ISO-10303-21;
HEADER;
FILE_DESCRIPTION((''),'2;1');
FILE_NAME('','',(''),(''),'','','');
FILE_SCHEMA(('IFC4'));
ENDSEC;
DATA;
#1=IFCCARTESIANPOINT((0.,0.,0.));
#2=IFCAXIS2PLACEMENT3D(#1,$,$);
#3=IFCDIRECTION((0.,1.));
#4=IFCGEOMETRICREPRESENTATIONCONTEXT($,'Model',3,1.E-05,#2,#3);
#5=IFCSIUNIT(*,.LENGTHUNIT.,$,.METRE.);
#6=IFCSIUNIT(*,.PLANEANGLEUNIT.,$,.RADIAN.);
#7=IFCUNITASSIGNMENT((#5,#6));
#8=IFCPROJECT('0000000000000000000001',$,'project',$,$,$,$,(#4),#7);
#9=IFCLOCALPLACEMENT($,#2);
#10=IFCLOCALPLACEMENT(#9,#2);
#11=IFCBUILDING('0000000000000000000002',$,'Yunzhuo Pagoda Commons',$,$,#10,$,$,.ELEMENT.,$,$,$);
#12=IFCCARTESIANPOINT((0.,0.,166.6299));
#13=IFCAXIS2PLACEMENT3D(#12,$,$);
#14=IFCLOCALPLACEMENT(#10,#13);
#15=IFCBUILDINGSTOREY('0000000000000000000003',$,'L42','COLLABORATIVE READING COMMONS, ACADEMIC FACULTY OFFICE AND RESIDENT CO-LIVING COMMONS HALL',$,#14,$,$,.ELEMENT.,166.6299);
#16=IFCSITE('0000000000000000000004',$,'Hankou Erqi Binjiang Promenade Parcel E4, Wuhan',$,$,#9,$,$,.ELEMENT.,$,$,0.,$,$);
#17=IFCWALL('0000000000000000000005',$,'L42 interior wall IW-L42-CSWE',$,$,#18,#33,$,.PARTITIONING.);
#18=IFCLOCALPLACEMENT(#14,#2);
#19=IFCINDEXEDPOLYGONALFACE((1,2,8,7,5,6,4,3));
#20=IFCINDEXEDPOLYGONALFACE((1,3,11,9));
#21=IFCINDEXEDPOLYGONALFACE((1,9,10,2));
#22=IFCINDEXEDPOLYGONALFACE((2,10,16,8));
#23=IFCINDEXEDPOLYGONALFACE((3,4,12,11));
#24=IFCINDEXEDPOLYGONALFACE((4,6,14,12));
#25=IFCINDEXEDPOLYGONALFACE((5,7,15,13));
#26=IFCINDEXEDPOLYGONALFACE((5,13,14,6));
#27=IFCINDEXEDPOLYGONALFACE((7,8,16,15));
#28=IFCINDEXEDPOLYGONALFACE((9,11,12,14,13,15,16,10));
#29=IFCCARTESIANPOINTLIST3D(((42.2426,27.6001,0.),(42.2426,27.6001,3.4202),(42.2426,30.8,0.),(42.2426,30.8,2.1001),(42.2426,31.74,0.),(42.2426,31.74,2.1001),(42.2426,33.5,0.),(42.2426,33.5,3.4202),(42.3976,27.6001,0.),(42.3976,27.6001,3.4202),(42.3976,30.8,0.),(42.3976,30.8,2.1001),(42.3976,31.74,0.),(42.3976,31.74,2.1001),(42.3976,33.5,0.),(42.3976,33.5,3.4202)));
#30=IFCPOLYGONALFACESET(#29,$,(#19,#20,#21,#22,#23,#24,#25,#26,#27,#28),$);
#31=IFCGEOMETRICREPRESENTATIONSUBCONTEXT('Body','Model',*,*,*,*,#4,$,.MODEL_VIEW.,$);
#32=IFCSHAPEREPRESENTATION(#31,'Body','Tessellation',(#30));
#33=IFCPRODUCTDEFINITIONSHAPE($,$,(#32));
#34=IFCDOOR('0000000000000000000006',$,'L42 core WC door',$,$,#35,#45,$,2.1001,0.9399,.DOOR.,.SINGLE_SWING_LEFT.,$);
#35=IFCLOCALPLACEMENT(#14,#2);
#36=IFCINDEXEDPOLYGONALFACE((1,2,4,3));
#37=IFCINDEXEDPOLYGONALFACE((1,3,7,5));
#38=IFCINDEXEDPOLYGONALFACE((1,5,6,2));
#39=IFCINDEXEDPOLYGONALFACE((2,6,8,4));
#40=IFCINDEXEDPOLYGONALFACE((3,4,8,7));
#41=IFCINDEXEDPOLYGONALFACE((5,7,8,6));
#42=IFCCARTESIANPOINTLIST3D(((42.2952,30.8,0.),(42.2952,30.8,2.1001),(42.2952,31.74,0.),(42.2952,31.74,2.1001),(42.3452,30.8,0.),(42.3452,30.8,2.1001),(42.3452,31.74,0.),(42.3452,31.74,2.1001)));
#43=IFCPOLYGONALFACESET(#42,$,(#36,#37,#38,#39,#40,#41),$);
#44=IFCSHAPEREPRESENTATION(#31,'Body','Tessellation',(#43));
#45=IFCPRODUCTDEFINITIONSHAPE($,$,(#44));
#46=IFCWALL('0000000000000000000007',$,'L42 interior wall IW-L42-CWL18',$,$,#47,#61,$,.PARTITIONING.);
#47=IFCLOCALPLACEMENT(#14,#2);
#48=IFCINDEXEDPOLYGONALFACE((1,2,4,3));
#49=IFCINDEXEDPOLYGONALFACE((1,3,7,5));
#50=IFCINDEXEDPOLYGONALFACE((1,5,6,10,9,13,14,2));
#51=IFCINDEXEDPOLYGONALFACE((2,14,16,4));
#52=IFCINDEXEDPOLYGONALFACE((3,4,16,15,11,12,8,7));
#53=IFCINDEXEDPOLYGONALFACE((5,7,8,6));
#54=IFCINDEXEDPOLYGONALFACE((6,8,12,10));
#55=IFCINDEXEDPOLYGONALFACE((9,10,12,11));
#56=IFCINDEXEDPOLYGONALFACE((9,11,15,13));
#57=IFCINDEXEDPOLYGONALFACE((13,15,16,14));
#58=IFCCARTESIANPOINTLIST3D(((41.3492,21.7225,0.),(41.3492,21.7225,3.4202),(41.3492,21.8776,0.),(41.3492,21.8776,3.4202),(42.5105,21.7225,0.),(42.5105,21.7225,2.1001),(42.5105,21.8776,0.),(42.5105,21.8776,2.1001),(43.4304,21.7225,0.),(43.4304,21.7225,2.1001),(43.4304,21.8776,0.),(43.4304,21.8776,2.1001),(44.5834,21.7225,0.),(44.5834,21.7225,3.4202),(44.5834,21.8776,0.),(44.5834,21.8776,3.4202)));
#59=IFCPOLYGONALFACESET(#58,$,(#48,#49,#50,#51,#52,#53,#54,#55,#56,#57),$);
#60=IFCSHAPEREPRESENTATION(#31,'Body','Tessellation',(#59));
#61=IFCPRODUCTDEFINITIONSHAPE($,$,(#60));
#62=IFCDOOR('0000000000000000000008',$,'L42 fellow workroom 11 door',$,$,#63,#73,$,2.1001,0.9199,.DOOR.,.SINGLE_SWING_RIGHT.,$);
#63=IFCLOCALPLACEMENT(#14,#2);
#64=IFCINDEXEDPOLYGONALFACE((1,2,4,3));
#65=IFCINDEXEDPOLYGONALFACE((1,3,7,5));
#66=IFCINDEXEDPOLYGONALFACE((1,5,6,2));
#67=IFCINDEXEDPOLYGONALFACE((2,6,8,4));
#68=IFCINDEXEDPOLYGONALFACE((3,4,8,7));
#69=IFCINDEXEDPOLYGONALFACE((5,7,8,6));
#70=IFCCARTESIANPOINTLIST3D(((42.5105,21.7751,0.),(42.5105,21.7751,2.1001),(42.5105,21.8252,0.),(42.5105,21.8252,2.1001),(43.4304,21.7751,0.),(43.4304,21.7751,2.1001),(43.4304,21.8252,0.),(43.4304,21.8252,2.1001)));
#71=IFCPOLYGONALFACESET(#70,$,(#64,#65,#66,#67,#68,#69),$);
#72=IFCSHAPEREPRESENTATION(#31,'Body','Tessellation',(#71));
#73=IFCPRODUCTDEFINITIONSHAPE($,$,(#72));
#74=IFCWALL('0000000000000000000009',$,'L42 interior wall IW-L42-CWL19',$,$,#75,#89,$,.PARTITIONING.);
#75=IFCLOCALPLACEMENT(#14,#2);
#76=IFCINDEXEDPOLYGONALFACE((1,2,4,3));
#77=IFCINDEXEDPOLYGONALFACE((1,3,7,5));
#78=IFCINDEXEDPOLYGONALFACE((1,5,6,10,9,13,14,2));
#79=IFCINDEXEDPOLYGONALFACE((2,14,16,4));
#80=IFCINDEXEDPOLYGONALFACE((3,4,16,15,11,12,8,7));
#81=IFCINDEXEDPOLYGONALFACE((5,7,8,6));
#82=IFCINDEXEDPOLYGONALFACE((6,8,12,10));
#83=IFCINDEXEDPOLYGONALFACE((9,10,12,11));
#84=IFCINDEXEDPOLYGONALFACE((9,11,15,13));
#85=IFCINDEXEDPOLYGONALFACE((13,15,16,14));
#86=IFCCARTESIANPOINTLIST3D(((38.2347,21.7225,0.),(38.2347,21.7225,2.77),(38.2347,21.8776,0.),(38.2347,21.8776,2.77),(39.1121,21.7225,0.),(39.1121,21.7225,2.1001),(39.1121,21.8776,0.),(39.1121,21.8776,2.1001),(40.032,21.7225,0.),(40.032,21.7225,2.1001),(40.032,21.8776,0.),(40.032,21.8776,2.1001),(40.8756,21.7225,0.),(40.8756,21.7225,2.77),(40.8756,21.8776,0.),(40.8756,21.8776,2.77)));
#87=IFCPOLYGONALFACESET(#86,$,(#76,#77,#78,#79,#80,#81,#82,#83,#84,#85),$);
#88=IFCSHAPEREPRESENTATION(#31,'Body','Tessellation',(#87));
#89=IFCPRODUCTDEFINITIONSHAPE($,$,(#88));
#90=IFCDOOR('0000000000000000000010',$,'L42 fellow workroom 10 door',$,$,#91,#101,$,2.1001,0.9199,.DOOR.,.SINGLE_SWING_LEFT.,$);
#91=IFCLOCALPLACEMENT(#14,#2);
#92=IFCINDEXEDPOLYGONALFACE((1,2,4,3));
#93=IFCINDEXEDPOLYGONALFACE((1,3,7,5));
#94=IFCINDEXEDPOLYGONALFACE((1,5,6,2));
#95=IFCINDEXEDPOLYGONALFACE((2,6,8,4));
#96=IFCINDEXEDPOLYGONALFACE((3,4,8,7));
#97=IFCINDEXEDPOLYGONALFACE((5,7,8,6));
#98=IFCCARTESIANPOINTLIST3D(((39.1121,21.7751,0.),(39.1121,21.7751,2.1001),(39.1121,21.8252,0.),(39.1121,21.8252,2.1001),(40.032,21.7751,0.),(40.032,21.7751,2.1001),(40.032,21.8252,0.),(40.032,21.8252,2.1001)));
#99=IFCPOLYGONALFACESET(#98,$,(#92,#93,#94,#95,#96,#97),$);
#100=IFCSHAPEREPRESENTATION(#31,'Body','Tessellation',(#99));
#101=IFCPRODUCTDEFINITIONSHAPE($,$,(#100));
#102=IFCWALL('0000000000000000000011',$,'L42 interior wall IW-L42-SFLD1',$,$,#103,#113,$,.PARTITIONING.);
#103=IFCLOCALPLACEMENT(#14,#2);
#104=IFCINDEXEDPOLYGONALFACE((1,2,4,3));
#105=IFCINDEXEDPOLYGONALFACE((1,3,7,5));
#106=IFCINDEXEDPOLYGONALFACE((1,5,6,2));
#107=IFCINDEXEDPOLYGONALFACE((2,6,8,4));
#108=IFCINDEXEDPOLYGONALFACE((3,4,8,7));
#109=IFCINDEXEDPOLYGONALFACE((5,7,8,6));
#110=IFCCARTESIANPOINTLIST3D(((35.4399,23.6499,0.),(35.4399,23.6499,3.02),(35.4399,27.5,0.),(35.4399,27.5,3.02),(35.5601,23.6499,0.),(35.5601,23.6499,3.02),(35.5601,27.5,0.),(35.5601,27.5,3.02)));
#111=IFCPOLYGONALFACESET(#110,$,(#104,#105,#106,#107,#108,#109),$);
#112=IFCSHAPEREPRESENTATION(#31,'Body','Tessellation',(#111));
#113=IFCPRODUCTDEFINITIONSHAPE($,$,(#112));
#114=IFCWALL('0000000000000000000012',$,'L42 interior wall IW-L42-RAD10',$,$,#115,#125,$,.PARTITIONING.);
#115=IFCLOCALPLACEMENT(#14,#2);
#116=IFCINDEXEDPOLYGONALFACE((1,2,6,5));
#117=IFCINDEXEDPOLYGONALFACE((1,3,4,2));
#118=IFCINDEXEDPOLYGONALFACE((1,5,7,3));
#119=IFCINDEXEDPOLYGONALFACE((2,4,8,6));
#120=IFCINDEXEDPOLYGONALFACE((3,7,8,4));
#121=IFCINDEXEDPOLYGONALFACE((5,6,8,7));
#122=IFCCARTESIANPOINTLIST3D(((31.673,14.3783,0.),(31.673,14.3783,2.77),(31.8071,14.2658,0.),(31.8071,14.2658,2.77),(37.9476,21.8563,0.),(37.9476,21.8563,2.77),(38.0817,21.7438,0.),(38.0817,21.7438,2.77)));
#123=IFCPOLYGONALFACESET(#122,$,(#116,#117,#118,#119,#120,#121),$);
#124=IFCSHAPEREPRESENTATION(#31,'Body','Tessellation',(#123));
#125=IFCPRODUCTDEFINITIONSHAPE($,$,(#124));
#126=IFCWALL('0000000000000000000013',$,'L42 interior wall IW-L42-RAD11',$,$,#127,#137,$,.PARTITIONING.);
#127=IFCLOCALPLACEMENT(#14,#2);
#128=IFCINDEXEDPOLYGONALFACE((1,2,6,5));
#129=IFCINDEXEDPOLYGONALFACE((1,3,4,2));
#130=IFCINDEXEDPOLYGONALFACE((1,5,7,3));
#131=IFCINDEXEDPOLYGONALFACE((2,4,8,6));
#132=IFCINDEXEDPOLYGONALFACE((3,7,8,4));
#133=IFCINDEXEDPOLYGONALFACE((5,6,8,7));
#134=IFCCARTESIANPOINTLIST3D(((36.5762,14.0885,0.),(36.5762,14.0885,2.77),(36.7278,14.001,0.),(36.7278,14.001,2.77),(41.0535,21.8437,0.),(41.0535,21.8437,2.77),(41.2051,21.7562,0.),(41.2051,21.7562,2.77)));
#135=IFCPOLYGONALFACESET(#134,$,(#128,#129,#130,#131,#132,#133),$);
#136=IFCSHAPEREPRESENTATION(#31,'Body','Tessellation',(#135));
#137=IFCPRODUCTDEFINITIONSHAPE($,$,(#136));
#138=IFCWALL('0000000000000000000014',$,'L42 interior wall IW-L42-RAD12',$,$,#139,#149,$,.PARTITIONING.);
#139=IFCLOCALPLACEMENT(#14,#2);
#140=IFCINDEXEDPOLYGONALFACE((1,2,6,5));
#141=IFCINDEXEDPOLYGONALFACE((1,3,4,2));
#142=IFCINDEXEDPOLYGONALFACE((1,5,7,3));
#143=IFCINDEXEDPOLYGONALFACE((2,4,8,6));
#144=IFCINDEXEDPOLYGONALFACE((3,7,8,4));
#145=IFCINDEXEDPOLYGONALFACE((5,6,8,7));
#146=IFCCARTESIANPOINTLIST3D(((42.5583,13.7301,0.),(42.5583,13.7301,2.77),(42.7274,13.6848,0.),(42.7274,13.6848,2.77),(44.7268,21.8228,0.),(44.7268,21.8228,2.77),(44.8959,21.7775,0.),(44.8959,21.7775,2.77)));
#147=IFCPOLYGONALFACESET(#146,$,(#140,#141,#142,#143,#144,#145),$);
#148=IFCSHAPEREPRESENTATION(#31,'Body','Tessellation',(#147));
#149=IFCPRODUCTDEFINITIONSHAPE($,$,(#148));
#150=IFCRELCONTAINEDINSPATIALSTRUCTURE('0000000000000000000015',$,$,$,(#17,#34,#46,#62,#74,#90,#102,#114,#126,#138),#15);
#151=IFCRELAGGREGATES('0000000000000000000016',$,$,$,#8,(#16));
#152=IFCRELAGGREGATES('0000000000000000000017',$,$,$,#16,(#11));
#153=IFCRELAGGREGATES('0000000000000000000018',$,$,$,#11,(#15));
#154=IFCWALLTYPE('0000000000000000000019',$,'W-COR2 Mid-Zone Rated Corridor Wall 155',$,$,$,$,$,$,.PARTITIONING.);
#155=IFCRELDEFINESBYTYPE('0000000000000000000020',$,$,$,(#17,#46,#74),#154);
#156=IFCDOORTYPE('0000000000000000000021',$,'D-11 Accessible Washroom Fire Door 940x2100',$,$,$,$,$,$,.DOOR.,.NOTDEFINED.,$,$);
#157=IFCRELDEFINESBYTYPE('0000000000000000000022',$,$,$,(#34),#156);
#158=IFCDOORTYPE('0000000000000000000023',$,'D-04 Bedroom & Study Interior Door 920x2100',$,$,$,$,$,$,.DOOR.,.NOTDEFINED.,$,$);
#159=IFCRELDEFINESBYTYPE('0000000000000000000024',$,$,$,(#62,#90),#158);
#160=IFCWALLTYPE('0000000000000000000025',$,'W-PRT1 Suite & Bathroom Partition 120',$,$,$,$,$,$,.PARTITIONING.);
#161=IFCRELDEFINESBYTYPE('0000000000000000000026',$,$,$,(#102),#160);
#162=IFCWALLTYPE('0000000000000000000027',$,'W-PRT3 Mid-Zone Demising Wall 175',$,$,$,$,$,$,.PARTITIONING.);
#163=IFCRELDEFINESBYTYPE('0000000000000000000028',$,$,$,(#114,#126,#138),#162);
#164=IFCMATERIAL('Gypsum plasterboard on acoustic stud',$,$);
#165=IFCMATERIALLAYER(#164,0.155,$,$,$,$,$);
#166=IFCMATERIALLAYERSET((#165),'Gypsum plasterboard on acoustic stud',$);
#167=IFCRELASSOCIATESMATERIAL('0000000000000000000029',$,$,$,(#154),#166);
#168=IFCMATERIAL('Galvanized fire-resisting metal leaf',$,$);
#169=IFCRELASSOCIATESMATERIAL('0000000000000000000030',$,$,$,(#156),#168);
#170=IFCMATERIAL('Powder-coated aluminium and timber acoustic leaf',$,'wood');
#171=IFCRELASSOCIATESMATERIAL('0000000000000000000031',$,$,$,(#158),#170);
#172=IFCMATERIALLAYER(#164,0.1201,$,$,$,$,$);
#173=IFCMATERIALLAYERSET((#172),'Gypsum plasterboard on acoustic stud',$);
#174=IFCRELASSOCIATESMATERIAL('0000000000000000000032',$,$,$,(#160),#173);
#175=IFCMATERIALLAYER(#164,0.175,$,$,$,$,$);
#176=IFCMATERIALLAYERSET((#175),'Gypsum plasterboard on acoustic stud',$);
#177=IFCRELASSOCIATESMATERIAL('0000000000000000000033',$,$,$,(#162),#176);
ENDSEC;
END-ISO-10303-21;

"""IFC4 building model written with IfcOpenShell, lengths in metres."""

from ifc_helpers import new_model, si_unit, direction, frame, frame_2d, origin, origin_with_axes, place, context, subcontext, project, spatial, rectangle, extrude, source, transform, mapped, material, layer, layer_set, type_object, element, fill, save


model = new_model("IFC4")

# Units and contexts
model_context = context("Model", 3, precision=1e-05, world=origin(), true_north=direction((0.0, 1.0)))
body_context = subcontext(model_context, "Body", "Model", "MODEL_VIEW")
ifc_project = project(units=[si_unit("LENGTHUNIT", "METRE"), si_unit("PLANEANGLEUNIT", "RADIAN")], contexts=[model_context])

# Site, building, storey
site_placement = place(None, origin())
site = spatial("IfcSite", under=ifc_project, at=site_placement, Name="Hankou Erqi Binjiang Promenade Parcel E4, Wuhan", CompositionType="ELEMENT", RefElevation=0.0)
building_placement = place(site_placement, origin())
building = spatial("IfcBuilding", under=site, at=building_placement, Name="Yunzhuo Pagoda Commons", CompositionType="ELEMENT")
storey_placement = place(building_placement, frame((0.0, 0.0, 166.6299)))
storey = spatial("IfcBuildingStorey", under=building, at=storey_placement, Name="L42", Description="COLLABORATIVE READING COMMONS, ACADEMIC FACULTY OFFICE AND RESIDENT CO-LIVING COMMONS HALL", CompositionType="ELEMENT", Elevation=166.6299)

# Walls, openings, doors
ifc_material_1 = material(Name="Gypsum plasterboard on acoustic stud")
ifc_layer_1 = layer(ifc_material_1, 0.155)
ifc_layer_set_1 = layer_set([ifc_layer_1], Name="Gypsum plasterboard on acoustic stud")
wall_type_1 = type_object("IfcWallType", Name="W-COR2 Mid-Zone Rated Corridor Wall 155", PredefinedType="PARTITIONING", material=ifc_layer_set_1)
wall_1_placement = place(storey_placement, frame((42.3201, 27.6001, 0.0), z_axis=(0.0, 0.0, 1.0), x_axis=(0.0, 1.0, 0.0)))
wall_1 = element("IfcWall", 1, at=wall_1_placement, inside=storey, type_object=wall_type_1, Name="L42 interior wall IW-L42-CSWE", PredefinedType="PARTITIONING", context=body_context, shape_type="SweptSolid", body=[
    extrude(rectangle(XDim=5.8999, YDim=0.155, at=frame_2d((2.95, 0.0))), origin(), (0.0, 0.0, 1.0), 3.4202),
])
opening_1_placement = place(wall_1_placement, frame((3.2, 0.0, 0.0)))
opening_1 = element("IfcOpeningElement", 2, at=opening_1_placement, cuts=wall_1, PredefinedType="OPENING", context=body_context, shape_type="SweptSolid", body=[
    extrude(rectangle(XDim=0.9399, YDim=2.1001, at=frame_2d((0.47, 1.05))), frame((0.0, 0.0874, 0.0), z_axis=(0.0, -1.0, 0.0), x_axis=(1.0, 0.0, 0.0)), (0.0, 0.0, 1.0), 0.175),
])
ifc_material_2 = material(Name="Galvanized fire-resisting metal leaf")
door_type_1 = type_object("IfcDoorType", Name="D-11 Accessible Washroom Fire Door 940x2100", OperationType="NOTDEFINED", PredefinedType="DOOR", material=ifc_material_2)
shared_shape_1 = source(origin(), body_context, "Body", "SweptSolid", [
    extrude(rectangle(XDim=0.9399, YDim=2.1001, at=frame_2d((0.47, 1.05))), frame((0.0, 0.0249, 0.0), z_axis=(0.0, -1.0, 0.0), x_axis=(1.0, 0.0, 0.0)), (0.0, 0.0, 1.0), 0.05),
])
door_1_placement = place(opening_1_placement, origin_with_axes())
door_1 = element("IfcDoor", 3, at=door_1_placement, inside=storey, type_object=door_type_1, Name="L42 core WC door", OperationType="SINGLE_SWING_LEFT", OverallHeight=2.1001, OverallWidth=0.9399, PredefinedType="DOOR", context=body_context, shape_type="MappedRepresentation", body=[
    mapped(shared_shape_1, transform((0.0, 0.0, 0.0), scale=1.0)),
])
fill(opening_1, door_1)
wall_2_placement = place(storey_placement, frame((44.5835, 21.8, 0.0), z_axis=(0.0, 0.0, 1.0), x_axis=(-1.0, 0.0, 0.0)))
wall_2 = element("IfcWall", 4, at=wall_2_placement, inside=storey, type_object=wall_type_1, Name="L42 interior wall IW-L42-CWL18", PredefinedType="PARTITIONING", context=body_context, shape_type="SweptSolid", body=[
    extrude(rectangle(XDim=3.2341, YDim=0.155, at=frame_2d((1.6172, 0.0))), origin(), (0.0, 0.0, 1.0), 3.4202),
])
opening_2_placement = place(wall_2_placement, frame((1.1531, 0.0, 0.0)))
opening_2 = element("IfcOpeningElement", 5, at=opening_2_placement, cuts=wall_2, PredefinedType="OPENING", context=body_context, shape_type="SweptSolid", body=[
    extrude(rectangle(XDim=0.9199, YDim=2.1001, at=frame_2d((0.46, 1.05))), frame((0.0, 0.0874, 0.0), z_axis=(0.0, -1.0, 0.0), x_axis=(1.0, 0.0, 0.0)), (0.0, 0.0, 1.0), 0.175),
])
ifc_material_3 = material(Name="Powder-coated aluminium and timber acoustic leaf", Category="wood")
door_type_2 = type_object("IfcDoorType", Name="D-04 Bedroom & Study Interior Door 920x2100", OperationType="NOTDEFINED", PredefinedType="DOOR", material=ifc_material_3)
shared_shape_2 = source(origin(), body_context, "Body", "SweptSolid", [
    extrude(rectangle(XDim=0.9199, YDim=2.1001, at=frame_2d((0.46, 1.05))), frame((0.0, 0.0249, 0.0), z_axis=(0.0, -1.0, 0.0), x_axis=(1.0, 0.0, 0.0)), (0.0, 0.0, 1.0), 0.05),
])
door_2_placement = place(opening_2_placement, origin_with_axes())
door_2 = element("IfcDoor", 6, at=door_2_placement, inside=storey, type_object=door_type_2, Name="L42 fellow workroom 11 door", OperationType="SINGLE_SWING_RIGHT", OverallHeight=2.1001, OverallWidth=0.9199, PredefinedType="DOOR", context=body_context, shape_type="MappedRepresentation", body=[
    mapped(shared_shape_2, transform((0.0, 0.0, 0.0), scale=1.0)),
])
fill(opening_2, door_2)
wall_3_placement = place(storey_placement, frame((40.8755, 21.8, 0.0), z_axis=(0.0, 0.0, 1.0), x_axis=(-1.0, 0.0, 0.0)))
wall_3 = element("IfcWall", 7, at=wall_3_placement, inside=storey, type_object=wall_type_1, Name="L42 interior wall IW-L42-CWL19", PredefinedType="PARTITIONING", context=body_context, shape_type="SweptSolid", body=[
    extrude(rectangle(XDim=2.6409, YDim=0.155, at=frame_2d((1.3203, 0.0))), origin(), (0.0, 0.0, 1.0), 2.77),
])
opening_3_placement = place(wall_3_placement, frame((0.8435, 0.0, 0.0)))
opening_3 = element("IfcOpeningElement", 8, at=opening_3_placement, cuts=wall_3, PredefinedType="OPENING", context=body_context, shape_type="SweptSolid", body=[
    extrude(rectangle(XDim=0.9199, YDim=2.1001, at=frame_2d((0.46, 1.05))), frame((0.0, 0.0874, 0.0), z_axis=(0.0, -1.0, 0.0), x_axis=(1.0, 0.0, 0.0)), (0.0, 0.0, 1.0), 0.175),
])
door_3_placement = place(opening_3_placement, origin_with_axes())
door_3 = element("IfcDoor", 9, at=door_3_placement, inside=storey, type_object=door_type_2, Name="L42 fellow workroom 10 door", OperationType="SINGLE_SWING_LEFT", OverallHeight=2.1001, OverallWidth=0.9199, PredefinedType="DOOR", context=body_context, shape_type="MappedRepresentation", body=[
    mapped(shared_shape_2, transform((0.0, 0.0, 0.0), scale=1.0)),
])
fill(opening_3, door_3)

# Walls
ifc_layer_2 = layer(ifc_material_1, 0.1201)
ifc_layer_set_2 = layer_set([ifc_layer_2], Name="Gypsum plasterboard on acoustic stud")
wall_type_2 = type_object("IfcWallType", Name="W-PRT1 Suite & Bathroom Partition 120", PredefinedType="PARTITIONING", material=ifc_layer_set_2)
wall_4_placement = place(storey_placement, frame((35.5, 23.6499, 0.0), z_axis=(0.0, 0.0, 1.0), x_axis=(0.0, 1.0, 0.0)))
element("IfcWall", 10, at=wall_4_placement, inside=storey, type_object=wall_type_2, Name="L42 interior wall IW-L42-SFLD1", PredefinedType="PARTITIONING", context=body_context, shape_type="SweptSolid", body=[
    extrude(rectangle(XDim=3.8501, YDim=0.1201, at=frame_2d((1.925, 0.0))), origin(), (0.0, 0.0, 1.0), 3.02),
])
ifc_layer_3 = layer(ifc_material_1, 0.175)
ifc_layer_set_3 = layer_set([ifc_layer_3], Name="Gypsum plasterboard on acoustic stud")
wall_type_3 = type_object("IfcWallType", Name="W-PRT3 Mid-Zone Demising Wall 175", PredefinedType="PARTITIONING", material=ifc_layer_set_3)
wall_5_placement = place(storey_placement, frame((38.0146, 21.8, 0.0), z_axis=(0.0, 0.0, 1.0), x_axis=(-0.642778, -0.766052, 0.0)))
element("IfcWall", 11, at=wall_5_placement, inside=storey, type_object=wall_type_3, Name="L42 interior wall IW-L42-RAD10", PredefinedType="PARTITIONING", context=body_context, shape_type="SweptSolid", body=[
    extrude(rectangle(XDim=9.7617, YDim=0.175, at=frame_2d((4.8809, 0.0))), origin(), (0.0, 0.0, 1.0), 2.77),
])
wall_6_placement = place(storey_placement, frame((41.1294, 21.8, 0.0), z_axis=(0.0, 0.0, 1.0), x_axis=(-0.499989, -0.866032, 0.0)))
element("IfcWall", 12, at=wall_6_placement, inside=storey, type_object=wall_type_3, Name="L42 interior wall IW-L42-RAD11", PredefinedType="PARTITIONING", context=body_context, shape_type="SweptSolid", body=[
    extrude(rectangle(XDim=8.9548, YDim=0.175, at=frame_2d((4.4775, 0.0))), origin(), (0.0, 0.0, 1.0), 2.77),
])
wall_7_placement = place(storey_placement, frame((44.8113, 21.8, 0.0), z_axis=(0.0, 0.0, 1.0), x_axis=(-0.25882, -0.965926, 0.0)))
element("IfcWall", 13, at=wall_7_placement, inside=storey, type_object=wall_type_3, Name="L42 interior wall IW-L42-RAD12", PredefinedType="PARTITIONING", context=body_context, shape_type="SweptSolid", body=[
    extrude(rectangle(XDim=8.3782, YDim=0.175, at=frame_2d((4.189, 0.0))), origin(), (0.0, 0.0, 1.0), 2.77),
])

save(model, "model.ifc")
